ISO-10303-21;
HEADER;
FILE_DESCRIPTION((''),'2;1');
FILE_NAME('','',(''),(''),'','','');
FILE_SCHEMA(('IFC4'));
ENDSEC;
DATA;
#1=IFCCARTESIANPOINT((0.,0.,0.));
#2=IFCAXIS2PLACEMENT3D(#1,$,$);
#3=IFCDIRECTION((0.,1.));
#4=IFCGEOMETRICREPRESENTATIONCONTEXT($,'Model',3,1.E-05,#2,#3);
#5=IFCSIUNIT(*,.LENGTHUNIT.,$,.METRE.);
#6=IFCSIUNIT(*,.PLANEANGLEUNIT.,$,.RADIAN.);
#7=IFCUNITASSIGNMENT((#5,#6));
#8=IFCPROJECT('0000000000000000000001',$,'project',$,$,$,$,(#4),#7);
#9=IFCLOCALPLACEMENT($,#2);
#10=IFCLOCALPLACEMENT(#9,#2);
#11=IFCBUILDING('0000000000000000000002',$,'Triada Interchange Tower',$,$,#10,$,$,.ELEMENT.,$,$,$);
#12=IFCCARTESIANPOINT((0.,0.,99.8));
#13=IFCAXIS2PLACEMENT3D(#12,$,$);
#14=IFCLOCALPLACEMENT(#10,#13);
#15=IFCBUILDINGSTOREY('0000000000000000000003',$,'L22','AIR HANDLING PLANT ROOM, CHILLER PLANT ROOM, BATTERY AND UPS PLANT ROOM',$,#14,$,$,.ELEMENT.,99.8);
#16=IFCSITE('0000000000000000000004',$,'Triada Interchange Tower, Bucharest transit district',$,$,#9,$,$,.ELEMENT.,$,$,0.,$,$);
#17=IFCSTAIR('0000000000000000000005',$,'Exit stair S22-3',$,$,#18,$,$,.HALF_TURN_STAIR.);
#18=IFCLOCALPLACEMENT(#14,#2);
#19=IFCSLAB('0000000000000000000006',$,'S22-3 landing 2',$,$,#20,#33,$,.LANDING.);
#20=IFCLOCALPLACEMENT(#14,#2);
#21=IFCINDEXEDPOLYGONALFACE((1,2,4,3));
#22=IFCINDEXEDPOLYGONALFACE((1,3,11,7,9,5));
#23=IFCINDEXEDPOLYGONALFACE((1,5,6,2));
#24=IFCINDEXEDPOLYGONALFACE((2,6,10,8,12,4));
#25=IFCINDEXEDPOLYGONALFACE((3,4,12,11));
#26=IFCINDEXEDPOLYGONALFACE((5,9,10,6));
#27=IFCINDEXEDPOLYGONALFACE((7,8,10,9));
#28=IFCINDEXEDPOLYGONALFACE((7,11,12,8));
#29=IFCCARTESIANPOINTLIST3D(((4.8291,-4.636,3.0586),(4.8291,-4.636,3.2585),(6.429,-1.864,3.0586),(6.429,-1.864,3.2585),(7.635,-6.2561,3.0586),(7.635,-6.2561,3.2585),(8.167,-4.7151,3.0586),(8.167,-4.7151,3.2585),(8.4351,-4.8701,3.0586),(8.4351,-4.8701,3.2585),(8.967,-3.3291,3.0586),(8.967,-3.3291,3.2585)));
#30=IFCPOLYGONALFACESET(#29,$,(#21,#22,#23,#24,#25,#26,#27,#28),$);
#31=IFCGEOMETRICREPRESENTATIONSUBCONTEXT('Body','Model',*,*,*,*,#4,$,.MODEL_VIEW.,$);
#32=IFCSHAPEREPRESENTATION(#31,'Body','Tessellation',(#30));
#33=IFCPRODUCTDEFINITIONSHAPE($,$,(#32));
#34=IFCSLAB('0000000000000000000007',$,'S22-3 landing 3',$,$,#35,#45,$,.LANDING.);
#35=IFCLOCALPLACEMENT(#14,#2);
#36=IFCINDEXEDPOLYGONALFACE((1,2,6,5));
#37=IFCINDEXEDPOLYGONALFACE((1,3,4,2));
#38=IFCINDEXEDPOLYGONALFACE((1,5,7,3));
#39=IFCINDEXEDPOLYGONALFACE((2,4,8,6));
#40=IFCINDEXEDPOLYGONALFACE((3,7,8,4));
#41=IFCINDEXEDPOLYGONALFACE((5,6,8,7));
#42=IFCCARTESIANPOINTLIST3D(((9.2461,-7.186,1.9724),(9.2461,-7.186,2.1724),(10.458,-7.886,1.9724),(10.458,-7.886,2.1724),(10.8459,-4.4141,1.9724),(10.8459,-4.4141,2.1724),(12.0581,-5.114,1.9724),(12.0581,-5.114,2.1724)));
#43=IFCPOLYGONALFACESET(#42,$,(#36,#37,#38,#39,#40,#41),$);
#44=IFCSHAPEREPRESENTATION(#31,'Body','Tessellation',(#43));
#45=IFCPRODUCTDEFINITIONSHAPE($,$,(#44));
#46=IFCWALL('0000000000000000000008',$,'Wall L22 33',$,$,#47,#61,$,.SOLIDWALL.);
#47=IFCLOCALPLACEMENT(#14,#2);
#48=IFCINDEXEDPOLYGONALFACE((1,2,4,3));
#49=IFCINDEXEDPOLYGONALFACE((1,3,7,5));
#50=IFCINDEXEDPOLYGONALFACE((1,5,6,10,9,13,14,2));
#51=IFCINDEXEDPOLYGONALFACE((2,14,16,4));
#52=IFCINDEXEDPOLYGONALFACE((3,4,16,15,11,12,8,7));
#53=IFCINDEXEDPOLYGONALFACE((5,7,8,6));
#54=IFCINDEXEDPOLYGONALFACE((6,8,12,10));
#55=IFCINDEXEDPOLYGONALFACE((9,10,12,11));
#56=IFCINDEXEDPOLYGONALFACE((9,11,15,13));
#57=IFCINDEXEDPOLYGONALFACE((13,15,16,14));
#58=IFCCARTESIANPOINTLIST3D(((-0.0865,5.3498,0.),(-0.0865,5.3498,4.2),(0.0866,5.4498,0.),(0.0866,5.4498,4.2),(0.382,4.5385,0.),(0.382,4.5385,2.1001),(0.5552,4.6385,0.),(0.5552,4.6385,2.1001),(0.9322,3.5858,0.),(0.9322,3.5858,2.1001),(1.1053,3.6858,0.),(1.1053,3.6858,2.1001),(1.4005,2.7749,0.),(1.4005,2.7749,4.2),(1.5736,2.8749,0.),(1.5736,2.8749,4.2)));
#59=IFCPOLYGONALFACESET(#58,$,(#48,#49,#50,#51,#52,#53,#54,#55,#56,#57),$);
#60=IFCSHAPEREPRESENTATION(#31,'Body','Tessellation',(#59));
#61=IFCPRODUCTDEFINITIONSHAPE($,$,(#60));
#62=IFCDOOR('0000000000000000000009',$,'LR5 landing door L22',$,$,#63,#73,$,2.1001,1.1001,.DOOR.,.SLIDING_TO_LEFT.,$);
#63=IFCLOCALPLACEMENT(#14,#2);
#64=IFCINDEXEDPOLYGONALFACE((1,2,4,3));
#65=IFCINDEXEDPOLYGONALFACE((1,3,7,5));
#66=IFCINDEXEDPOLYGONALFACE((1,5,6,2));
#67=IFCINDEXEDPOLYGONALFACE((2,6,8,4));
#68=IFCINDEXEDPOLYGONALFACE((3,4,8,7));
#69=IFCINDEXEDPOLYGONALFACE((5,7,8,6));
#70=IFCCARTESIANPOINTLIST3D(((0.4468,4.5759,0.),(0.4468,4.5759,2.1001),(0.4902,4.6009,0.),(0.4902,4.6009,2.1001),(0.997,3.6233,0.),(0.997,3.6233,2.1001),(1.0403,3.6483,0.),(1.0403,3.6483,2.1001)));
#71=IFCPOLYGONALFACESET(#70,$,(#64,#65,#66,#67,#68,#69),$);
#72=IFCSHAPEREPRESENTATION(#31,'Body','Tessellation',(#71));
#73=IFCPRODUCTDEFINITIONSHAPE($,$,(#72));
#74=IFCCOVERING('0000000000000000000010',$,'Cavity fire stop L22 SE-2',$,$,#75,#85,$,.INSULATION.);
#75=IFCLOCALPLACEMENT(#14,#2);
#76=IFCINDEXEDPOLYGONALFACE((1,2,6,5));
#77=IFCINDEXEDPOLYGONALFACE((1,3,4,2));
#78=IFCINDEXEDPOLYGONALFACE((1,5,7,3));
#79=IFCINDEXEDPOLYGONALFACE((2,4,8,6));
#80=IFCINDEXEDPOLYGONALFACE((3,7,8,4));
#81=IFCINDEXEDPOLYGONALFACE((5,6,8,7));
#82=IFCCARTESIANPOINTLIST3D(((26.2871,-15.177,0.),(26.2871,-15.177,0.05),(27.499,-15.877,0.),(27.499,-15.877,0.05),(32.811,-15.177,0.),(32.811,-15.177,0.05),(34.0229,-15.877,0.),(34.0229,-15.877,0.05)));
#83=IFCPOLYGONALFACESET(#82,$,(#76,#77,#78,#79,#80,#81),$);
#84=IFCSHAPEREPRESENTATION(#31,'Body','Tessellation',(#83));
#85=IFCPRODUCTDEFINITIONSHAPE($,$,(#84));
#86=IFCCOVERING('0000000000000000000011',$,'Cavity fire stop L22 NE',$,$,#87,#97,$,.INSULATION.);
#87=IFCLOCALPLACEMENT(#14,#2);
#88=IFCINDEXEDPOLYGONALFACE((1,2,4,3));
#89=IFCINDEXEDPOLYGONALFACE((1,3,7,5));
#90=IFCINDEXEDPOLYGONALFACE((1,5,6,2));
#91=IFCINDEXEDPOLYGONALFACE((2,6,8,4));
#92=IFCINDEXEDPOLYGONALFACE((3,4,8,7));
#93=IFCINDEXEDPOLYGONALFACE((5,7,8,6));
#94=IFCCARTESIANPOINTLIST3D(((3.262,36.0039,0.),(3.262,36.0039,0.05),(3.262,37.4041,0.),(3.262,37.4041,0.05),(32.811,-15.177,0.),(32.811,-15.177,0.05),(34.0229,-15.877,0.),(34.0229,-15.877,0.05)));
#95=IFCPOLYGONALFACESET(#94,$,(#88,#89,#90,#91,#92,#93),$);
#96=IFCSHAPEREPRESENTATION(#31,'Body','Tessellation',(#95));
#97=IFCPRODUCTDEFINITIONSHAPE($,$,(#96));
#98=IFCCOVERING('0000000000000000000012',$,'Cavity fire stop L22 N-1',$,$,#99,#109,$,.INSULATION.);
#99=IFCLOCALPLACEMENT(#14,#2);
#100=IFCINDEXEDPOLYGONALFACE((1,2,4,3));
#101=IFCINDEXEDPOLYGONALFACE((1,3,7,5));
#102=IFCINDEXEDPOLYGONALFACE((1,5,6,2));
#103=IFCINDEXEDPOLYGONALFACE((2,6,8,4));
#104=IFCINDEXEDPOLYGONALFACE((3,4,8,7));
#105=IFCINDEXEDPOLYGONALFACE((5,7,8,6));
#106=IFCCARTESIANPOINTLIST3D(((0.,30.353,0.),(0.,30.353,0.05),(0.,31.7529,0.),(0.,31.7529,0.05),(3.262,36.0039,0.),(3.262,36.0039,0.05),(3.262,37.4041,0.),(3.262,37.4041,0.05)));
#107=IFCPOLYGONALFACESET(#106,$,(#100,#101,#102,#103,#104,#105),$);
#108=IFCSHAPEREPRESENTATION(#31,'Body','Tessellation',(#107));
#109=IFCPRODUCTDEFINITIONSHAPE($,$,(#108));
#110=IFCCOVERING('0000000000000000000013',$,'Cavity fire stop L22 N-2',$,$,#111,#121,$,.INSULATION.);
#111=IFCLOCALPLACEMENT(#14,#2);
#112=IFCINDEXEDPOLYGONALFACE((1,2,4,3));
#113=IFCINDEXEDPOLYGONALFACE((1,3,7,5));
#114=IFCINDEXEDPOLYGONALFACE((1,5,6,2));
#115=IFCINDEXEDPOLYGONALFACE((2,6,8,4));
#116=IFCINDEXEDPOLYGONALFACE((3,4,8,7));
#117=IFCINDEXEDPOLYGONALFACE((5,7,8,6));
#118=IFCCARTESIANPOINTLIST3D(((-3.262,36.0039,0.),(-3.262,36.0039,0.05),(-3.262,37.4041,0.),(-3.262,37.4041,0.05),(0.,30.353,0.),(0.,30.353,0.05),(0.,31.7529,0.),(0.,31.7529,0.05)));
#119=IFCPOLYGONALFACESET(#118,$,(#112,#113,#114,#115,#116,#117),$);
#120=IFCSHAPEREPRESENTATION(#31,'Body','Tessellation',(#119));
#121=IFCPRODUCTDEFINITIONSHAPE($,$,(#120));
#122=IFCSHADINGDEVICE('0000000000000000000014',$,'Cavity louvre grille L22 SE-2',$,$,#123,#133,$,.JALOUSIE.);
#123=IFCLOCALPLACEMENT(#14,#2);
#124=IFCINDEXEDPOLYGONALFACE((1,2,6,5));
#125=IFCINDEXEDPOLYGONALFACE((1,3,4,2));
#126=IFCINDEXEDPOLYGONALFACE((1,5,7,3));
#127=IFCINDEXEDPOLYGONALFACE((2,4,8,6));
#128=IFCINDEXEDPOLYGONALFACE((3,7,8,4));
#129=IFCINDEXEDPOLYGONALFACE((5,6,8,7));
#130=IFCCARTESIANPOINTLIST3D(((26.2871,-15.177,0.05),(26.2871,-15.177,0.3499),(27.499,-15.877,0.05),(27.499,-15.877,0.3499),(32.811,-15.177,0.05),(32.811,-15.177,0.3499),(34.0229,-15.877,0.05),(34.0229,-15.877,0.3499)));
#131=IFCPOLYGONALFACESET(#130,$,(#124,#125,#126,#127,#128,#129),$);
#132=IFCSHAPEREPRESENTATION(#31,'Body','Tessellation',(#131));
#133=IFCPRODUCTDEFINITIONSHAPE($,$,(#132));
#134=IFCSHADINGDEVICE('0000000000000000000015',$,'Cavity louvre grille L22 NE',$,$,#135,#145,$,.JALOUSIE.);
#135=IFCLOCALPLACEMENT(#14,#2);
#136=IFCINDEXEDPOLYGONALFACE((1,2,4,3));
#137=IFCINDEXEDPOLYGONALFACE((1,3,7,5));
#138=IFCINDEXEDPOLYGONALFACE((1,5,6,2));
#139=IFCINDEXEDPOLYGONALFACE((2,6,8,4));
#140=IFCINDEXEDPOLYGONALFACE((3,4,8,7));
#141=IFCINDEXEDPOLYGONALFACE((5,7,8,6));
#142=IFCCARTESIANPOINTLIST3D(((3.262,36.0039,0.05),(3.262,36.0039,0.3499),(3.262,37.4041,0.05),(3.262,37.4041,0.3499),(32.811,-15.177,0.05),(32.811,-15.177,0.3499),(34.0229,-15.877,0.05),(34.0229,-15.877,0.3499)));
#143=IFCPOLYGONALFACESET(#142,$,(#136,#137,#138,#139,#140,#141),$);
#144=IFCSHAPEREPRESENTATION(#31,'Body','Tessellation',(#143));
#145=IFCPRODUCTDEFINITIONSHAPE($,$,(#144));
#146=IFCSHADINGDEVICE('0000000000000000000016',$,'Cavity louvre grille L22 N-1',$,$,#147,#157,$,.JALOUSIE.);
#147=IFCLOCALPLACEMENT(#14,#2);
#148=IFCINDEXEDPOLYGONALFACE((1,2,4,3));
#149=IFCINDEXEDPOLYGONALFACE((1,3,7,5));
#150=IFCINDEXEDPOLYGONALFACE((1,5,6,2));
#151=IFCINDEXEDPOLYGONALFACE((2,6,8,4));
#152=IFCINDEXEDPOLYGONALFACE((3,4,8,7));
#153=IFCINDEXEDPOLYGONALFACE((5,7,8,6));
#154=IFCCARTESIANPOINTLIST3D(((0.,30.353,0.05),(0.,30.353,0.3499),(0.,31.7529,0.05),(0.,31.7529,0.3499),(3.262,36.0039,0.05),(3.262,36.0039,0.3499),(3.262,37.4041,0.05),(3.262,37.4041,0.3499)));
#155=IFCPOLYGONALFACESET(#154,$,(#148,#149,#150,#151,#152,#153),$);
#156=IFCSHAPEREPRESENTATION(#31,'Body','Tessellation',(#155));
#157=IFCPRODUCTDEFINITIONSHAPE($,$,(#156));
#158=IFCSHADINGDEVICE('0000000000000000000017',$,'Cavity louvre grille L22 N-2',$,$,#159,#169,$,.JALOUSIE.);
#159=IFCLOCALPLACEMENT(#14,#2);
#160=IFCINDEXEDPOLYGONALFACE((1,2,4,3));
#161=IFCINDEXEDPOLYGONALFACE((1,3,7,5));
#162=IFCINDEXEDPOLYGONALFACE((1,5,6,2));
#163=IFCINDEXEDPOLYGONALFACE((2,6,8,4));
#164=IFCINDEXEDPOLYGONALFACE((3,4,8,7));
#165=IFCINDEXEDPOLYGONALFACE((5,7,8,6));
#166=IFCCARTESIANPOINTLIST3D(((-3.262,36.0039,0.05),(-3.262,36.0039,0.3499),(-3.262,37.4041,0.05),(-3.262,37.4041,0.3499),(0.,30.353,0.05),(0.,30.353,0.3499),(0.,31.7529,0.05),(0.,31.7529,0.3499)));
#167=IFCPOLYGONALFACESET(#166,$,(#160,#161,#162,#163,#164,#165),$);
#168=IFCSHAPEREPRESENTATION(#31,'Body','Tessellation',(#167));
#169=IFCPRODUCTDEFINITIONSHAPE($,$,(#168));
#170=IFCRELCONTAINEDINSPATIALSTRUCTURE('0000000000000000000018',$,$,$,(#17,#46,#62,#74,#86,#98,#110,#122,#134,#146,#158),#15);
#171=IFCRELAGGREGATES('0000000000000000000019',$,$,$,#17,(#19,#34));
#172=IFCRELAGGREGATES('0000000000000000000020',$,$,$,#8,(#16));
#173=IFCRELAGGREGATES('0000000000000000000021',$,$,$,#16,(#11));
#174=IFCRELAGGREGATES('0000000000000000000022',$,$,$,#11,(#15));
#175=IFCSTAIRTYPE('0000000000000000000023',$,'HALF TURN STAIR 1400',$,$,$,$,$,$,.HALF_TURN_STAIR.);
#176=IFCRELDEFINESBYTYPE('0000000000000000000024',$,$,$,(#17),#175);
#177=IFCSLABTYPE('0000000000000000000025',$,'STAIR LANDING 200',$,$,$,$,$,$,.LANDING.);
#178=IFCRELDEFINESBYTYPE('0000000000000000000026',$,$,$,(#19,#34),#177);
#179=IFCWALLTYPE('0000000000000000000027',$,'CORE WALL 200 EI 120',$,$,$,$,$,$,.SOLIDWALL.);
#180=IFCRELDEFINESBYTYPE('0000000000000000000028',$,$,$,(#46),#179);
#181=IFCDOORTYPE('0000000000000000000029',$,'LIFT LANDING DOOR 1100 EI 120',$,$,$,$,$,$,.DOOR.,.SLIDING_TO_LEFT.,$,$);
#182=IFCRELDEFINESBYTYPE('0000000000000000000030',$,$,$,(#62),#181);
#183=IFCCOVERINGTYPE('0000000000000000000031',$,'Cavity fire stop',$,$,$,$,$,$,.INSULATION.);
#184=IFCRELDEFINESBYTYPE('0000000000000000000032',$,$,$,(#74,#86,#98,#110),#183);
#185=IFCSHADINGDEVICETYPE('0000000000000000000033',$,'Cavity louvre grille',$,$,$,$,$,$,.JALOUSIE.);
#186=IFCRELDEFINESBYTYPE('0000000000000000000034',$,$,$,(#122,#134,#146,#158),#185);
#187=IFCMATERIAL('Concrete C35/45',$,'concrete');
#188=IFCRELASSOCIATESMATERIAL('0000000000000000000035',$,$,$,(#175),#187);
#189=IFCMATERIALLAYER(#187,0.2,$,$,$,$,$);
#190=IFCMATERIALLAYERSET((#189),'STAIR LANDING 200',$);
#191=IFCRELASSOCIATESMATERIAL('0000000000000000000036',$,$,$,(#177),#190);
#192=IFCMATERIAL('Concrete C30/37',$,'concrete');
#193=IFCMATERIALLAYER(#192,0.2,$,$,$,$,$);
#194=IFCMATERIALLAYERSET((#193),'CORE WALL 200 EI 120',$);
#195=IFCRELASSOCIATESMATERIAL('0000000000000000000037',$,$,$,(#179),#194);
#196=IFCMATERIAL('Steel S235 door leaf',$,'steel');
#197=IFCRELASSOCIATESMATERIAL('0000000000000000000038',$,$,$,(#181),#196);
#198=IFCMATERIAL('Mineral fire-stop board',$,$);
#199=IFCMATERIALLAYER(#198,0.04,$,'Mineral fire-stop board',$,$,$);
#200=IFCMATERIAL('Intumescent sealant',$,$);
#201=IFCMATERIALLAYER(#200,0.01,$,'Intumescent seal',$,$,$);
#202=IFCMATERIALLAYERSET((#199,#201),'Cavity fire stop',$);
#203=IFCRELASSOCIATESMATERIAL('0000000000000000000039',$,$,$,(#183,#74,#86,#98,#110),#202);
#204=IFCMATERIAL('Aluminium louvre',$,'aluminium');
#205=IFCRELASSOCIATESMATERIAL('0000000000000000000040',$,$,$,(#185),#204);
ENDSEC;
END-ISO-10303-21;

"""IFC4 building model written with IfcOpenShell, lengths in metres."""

from ifc_helpers import new_model, si_unit, direction, frame, frame_2d, origin, place, context, subcontext, project, spatial, polyline, rectangle, outline, extrude, material, layer, layer_set, layer_usage, type_object, element, fill, aggregate, save


model = new_model("IFC4")

# Units and contexts
model_context = context("Model", 3, precision=1e-05, world=origin(), true_north=direction((0.0, 1.0)))
body_context = subcontext(model_context, "Body", "Model", "MODEL_VIEW")
ifc_project = project(units=[si_unit("LENGTHUNIT", "METRE"), si_unit("PLANEANGLEUNIT", "RADIAN")], contexts=[model_context])

# Site, building, storey
site_placement = place(None, origin())
site = spatial("IfcSite", under=ifc_project, at=site_placement, Name="Triada Interchange Tower, Bucharest transit district", CompositionType="ELEMENT", RefElevation=0.0)
building_placement = place(site_placement, origin())
building = spatial("IfcBuilding", under=site, at=building_placement, Name="Triada Interchange Tower", CompositionType="ELEMENT")
storey_placement = place(building_placement, frame((0.0, 0.0, 99.8)))
storey = spatial("IfcBuildingStorey", under=building, at=storey_placement, Name="L22", Description="AIR HANDLING PLANT ROOM, CHILLER PLANT ROOM, BATTERY AND UPS PLANT ROOM", CompositionType="ELEMENT", Elevation=99.8)

# Stair, slabs
ifc_material_1 = material(Name="Concrete C35/45", Category="concrete")
stair_type = type_object("IfcStairType", Name="HALF TURN STAIR 1400", PredefinedType="HALF_TURN_STAIR", material=ifc_material_1)
ifc_layer_1 = layer(ifc_material_1, 0.2)
ifc_layer_set_1 = layer_set([ifc_layer_1], Name="STAIR LANDING 200")
slab_type_1 = type_object("IfcSlabType", Name="STAIR LANDING 200", PredefinedType="LANDING", material=ifc_layer_set_1)
stair_1_placement = place(storey_placement, origin())
stair_1 = element("IfcStair", 1, at=stair_1_placement, inside=storey, type_object=stair_type, Name="Exit stair S22-3", PredefinedType="HALF_TURN_STAIR")
slab_1_placement = place(storey_placement, frame((0.0, 0.0, 3.0586)))
slab_1 = element("IfcSlab", 2, at=slab_1_placement, type_object=slab_type_1, Name="S22-3 landing 2", PredefinedType="LANDING", context=body_context, shape_type="SweptSolid", body=[
    extrude(outline(polyline([(4.8291, -4.636), (7.635, -6.2561), (8.4351, -4.8701), (8.167, -4.7151), (8.967, -3.3291), (6.429, -1.864), (4.8291, -4.636)])), origin(), (0.0, 0.0, 1.0), 0.2),
])
slab_2_placement = place(storey_placement, frame((0.0, 0.0, 1.9724)))
slab_2 = element("IfcSlab", 3, at=slab_2_placement, type_object=slab_type_1, Name="S22-3 landing 3", PredefinedType="LANDING", context=body_context, shape_type="SweptSolid", body=[
    extrude(outline(polyline([(9.2461, -7.186), (10.458, -7.886), (12.0581, -5.114), (10.8459, -4.4141), (9.2461, -7.186)])), origin(), (0.0, 0.0, 1.0), 0.2),
])
aggregate(stair_1, [slab_1, slab_2])

# Wall, opening, door
ifc_material_2 = material(Name="Concrete C30/37", Category="concrete")
ifc_layer_2 = layer(ifc_material_2, 0.2)
ifc_layer_set_2 = layer_set([ifc_layer_2], Name="CORE WALL 200 EI 120")
wall_type = type_object("IfcWallType", Name="CORE WALL 200 EI 120", PredefinedType="SOLIDWALL", material=ifc_layer_set_2)
wall_placement = place(storey_placement, frame((0.0, 5.3999, 0.0), z_axis=(0.0, 0.0, 1.0), x_axis=(0.500104, -0.865965, 0.0)))
wall = element("IfcWall", 4, at=wall_placement, inside=storey, type_object=wall_type, Name="Wall L22 33", PredefinedType="SOLIDWALL", context=body_context, shape_type="SweptSolid", body=[
    extrude(rectangle(XDim=2.9734, YDim=0.2, at=frame_2d((1.4868, 0.0))), origin(), (0.0, 0.0, 1.0), 4.2),
])
opening_placement = place(wall_placement, frame((0.937, 0.0, 0.0)))
opening = element("IfcOpeningElement", 5, at=opening_placement, cuts=wall, PredefinedType="OPENING", context=body_context, shape_type="SweptSolid", body=[
    extrude(rectangle(XDim=1.1001, YDim=2.1001, at=frame_2d((0.55, 1.05))), frame((0.0, 0.1099, 0.0), z_axis=(0.0, -1.0, 0.0), x_axis=(1.0, 0.0, 0.0)), (0.0, 0.0, 1.0), 0.22),
])
ifc_material_3 = material(Name="Steel S235 door leaf", Category="steel")
door_type = type_object("IfcDoorType", Name="LIFT LANDING DOOR 1100 EI 120", OperationType="SLIDING_TO_LEFT", PredefinedType="DOOR", material=ifc_material_3)
door_placement = place(opening_placement, origin())
door = element("IfcDoor", 6, at=door_placement, inside=storey, type_object=door_type, Name="LR5 landing door L22", OperationType="SLIDING_TO_LEFT", OverallHeight=2.1001, OverallWidth=1.1001, PredefinedType="DOOR", context=body_context, shape_type="SweptSolid", body=[
    extrude(rectangle(XDim=1.1001, YDim=2.1001, at=frame_2d((0.55, 1.05))), frame((0.0, 0.0249, 0.0), z_axis=(0.0, -1.0, 0.0), x_axis=(1.0, 0.0, 0.0)), (0.0, 0.0, 1.0), 0.05),
])
fill(opening, door)

# Coverings
ifc_material_4 = material(Name="Mineral fire-stop board")
ifc_layer_3 = layer(ifc_material_4, 0.04, Name="Mineral fire-stop board")
ifc_material_5 = material(Name="Intumescent sealant")
ifc_layer_4 = layer(ifc_material_5, 0.01, Name="Intumescent seal")
ifc_layer_set_3 = layer_set([ifc_layer_3, ifc_layer_4], Name="Cavity fire stop")
ifc_layer_usage = layer_usage(ifc_layer_set_3, "AXIS3", "POSITIVE", 0.0)
covering_type = type_object("IfcCoveringType", Name="Cavity fire stop", PredefinedType="INSULATION", material=ifc_layer_set_3)
covering_1_placement = place(storey_placement, origin())
element("IfcCovering", 7, at=covering_1_placement, inside=storey, type_object=covering_type, material=ifc_layer_usage, Name="Cavity fire stop L22 SE-2", PredefinedType="INSULATION", context=body_context, shape_type="SweptSolid", body=[
    extrude(outline(polyline([(26.2871, -15.177), (27.499, -15.877), (34.0229, -15.877), (32.811, -15.177), (26.2871, -15.177)])), origin(), (0.0, 0.0, 1.0), 0.05),
])
covering_2_placement = place(storey_placement, origin())
element("IfcCovering", 8, at=covering_2_placement, inside=storey, type_object=covering_type, material=ifc_layer_usage, Name="Cavity fire stop L22 NE", PredefinedType="INSULATION", context=body_context, shape_type="SweptSolid", body=[
    extrude(outline(polyline([(32.811, -15.177), (34.0229, -15.877), (3.262, 37.4041), (3.262, 36.0039), (32.811, -15.177)])), origin(), (0.0, 0.0, 1.0), 0.05),
])
covering_3_placement = place(storey_placement, origin())
element("IfcCovering", 9, at=covering_3_placement, inside=storey, type_object=covering_type, material=ifc_layer_usage, Name="Cavity fire stop L22 N-1", PredefinedType="INSULATION", context=body_context, shape_type="SweptSolid", body=[
    extrude(outline(polyline([(3.262, 36.0039), (3.262, 37.4041), (0.0, 31.7529), (0.0, 30.353), (3.262, 36.0039)])), origin(), (0.0, 0.0, 1.0), 0.05),
])
covering_4_placement = place(storey_placement, origin())
element("IfcCovering", 10, at=covering_4_placement, inside=storey, type_object=covering_type, material=ifc_layer_usage, Name="Cavity fire stop L22 N-2", PredefinedType="INSULATION", context=body_context, shape_type="SweptSolid", body=[
    extrude(outline(polyline([(0.0, 30.353), (0.0, 31.7529), (-3.262, 37.4041), (-3.262, 36.0039), (0.0, 30.353)])), origin(), (0.0, 0.0, 1.0), 0.05),
])

# Shading devices
ifc_material_6 = material(Name="Aluminium louvre", Category="aluminium")
shading_device_type = type_object("IfcShadingDeviceType", Name="Cavity louvre grille", PredefinedType="JALOUSIE", material=ifc_material_6)
shading_device_1_placement = place(storey_placement, frame((0.0, 0.0, 0.05)))
element("IfcShadingDevice", 11, at=shading_device_1_placement, inside=storey, type_object=shading_device_type, Name="Cavity louvre grille L22 SE-2", PredefinedType="JALOUSIE", context=body_context, shape_type="SweptSolid", body=[
    extrude(outline(polyline([(26.2871, -15.177), (27.499, -15.877), (34.0229, -15.877), (32.811, -15.177), (26.2871, -15.177)])), origin(), (0.0, 0.0, 1.0), 0.2998),
])
shading_device_2_placement = place(storey_placement, frame((0.0, 0.0, 0.05)))
element("IfcShadingDevice", 12, at=shading_device_2_placement, inside=storey, type_object=shading_device_type, Name="Cavity louvre grille L22 NE", PredefinedType="JALOUSIE", context=body_context, shape_type="SweptSolid", body=[
    extrude(outline(polyline([(32.811, -15.177), (34.0229, -15.877), (3.262, 37.4041), (3.262, 36.0039), (32.811, -15.177)])), origin(), (0.0, 0.0, 1.0), 0.2998),
])
shading_device_3_placement = place(storey_placement, frame((0.0, 0.0, 0.05)))
element("IfcShadingDevice", 13, at=shading_device_3_placement, inside=storey, type_object=shading_device_type, Name="Cavity louvre grille L22 N-1", PredefinedType="JALOUSIE", context=body_context, shape_type="SweptSolid", body=[
    extrude(outline(polyline([(3.262, 36.0039), (3.262, 37.4041), (0.0, 31.7529), (0.0, 30.353), (3.262, 36.0039)])), origin(), (0.0, 0.0, 1.0), 0.2998),
])
shading_device_4_placement = place(storey_placement, frame((0.0, 0.0, 0.05)))
element("IfcShadingDevice", 14, at=shading_device_4_placement, inside=storey, type_object=shading_device_type, Name="Cavity louvre grille L22 N-2", PredefinedType="JALOUSIE", context=body_context, shape_type="SweptSolid", body=[
    extrude(outline(polyline([(0.0, 30.353), (0.0, 31.7529), (-3.262, 37.4041), (-3.262, 36.0039), (0.0, 30.353)])), origin(), (0.0, 0.0, 1.0), 0.2998),
])

save(model, "model.ifc")
